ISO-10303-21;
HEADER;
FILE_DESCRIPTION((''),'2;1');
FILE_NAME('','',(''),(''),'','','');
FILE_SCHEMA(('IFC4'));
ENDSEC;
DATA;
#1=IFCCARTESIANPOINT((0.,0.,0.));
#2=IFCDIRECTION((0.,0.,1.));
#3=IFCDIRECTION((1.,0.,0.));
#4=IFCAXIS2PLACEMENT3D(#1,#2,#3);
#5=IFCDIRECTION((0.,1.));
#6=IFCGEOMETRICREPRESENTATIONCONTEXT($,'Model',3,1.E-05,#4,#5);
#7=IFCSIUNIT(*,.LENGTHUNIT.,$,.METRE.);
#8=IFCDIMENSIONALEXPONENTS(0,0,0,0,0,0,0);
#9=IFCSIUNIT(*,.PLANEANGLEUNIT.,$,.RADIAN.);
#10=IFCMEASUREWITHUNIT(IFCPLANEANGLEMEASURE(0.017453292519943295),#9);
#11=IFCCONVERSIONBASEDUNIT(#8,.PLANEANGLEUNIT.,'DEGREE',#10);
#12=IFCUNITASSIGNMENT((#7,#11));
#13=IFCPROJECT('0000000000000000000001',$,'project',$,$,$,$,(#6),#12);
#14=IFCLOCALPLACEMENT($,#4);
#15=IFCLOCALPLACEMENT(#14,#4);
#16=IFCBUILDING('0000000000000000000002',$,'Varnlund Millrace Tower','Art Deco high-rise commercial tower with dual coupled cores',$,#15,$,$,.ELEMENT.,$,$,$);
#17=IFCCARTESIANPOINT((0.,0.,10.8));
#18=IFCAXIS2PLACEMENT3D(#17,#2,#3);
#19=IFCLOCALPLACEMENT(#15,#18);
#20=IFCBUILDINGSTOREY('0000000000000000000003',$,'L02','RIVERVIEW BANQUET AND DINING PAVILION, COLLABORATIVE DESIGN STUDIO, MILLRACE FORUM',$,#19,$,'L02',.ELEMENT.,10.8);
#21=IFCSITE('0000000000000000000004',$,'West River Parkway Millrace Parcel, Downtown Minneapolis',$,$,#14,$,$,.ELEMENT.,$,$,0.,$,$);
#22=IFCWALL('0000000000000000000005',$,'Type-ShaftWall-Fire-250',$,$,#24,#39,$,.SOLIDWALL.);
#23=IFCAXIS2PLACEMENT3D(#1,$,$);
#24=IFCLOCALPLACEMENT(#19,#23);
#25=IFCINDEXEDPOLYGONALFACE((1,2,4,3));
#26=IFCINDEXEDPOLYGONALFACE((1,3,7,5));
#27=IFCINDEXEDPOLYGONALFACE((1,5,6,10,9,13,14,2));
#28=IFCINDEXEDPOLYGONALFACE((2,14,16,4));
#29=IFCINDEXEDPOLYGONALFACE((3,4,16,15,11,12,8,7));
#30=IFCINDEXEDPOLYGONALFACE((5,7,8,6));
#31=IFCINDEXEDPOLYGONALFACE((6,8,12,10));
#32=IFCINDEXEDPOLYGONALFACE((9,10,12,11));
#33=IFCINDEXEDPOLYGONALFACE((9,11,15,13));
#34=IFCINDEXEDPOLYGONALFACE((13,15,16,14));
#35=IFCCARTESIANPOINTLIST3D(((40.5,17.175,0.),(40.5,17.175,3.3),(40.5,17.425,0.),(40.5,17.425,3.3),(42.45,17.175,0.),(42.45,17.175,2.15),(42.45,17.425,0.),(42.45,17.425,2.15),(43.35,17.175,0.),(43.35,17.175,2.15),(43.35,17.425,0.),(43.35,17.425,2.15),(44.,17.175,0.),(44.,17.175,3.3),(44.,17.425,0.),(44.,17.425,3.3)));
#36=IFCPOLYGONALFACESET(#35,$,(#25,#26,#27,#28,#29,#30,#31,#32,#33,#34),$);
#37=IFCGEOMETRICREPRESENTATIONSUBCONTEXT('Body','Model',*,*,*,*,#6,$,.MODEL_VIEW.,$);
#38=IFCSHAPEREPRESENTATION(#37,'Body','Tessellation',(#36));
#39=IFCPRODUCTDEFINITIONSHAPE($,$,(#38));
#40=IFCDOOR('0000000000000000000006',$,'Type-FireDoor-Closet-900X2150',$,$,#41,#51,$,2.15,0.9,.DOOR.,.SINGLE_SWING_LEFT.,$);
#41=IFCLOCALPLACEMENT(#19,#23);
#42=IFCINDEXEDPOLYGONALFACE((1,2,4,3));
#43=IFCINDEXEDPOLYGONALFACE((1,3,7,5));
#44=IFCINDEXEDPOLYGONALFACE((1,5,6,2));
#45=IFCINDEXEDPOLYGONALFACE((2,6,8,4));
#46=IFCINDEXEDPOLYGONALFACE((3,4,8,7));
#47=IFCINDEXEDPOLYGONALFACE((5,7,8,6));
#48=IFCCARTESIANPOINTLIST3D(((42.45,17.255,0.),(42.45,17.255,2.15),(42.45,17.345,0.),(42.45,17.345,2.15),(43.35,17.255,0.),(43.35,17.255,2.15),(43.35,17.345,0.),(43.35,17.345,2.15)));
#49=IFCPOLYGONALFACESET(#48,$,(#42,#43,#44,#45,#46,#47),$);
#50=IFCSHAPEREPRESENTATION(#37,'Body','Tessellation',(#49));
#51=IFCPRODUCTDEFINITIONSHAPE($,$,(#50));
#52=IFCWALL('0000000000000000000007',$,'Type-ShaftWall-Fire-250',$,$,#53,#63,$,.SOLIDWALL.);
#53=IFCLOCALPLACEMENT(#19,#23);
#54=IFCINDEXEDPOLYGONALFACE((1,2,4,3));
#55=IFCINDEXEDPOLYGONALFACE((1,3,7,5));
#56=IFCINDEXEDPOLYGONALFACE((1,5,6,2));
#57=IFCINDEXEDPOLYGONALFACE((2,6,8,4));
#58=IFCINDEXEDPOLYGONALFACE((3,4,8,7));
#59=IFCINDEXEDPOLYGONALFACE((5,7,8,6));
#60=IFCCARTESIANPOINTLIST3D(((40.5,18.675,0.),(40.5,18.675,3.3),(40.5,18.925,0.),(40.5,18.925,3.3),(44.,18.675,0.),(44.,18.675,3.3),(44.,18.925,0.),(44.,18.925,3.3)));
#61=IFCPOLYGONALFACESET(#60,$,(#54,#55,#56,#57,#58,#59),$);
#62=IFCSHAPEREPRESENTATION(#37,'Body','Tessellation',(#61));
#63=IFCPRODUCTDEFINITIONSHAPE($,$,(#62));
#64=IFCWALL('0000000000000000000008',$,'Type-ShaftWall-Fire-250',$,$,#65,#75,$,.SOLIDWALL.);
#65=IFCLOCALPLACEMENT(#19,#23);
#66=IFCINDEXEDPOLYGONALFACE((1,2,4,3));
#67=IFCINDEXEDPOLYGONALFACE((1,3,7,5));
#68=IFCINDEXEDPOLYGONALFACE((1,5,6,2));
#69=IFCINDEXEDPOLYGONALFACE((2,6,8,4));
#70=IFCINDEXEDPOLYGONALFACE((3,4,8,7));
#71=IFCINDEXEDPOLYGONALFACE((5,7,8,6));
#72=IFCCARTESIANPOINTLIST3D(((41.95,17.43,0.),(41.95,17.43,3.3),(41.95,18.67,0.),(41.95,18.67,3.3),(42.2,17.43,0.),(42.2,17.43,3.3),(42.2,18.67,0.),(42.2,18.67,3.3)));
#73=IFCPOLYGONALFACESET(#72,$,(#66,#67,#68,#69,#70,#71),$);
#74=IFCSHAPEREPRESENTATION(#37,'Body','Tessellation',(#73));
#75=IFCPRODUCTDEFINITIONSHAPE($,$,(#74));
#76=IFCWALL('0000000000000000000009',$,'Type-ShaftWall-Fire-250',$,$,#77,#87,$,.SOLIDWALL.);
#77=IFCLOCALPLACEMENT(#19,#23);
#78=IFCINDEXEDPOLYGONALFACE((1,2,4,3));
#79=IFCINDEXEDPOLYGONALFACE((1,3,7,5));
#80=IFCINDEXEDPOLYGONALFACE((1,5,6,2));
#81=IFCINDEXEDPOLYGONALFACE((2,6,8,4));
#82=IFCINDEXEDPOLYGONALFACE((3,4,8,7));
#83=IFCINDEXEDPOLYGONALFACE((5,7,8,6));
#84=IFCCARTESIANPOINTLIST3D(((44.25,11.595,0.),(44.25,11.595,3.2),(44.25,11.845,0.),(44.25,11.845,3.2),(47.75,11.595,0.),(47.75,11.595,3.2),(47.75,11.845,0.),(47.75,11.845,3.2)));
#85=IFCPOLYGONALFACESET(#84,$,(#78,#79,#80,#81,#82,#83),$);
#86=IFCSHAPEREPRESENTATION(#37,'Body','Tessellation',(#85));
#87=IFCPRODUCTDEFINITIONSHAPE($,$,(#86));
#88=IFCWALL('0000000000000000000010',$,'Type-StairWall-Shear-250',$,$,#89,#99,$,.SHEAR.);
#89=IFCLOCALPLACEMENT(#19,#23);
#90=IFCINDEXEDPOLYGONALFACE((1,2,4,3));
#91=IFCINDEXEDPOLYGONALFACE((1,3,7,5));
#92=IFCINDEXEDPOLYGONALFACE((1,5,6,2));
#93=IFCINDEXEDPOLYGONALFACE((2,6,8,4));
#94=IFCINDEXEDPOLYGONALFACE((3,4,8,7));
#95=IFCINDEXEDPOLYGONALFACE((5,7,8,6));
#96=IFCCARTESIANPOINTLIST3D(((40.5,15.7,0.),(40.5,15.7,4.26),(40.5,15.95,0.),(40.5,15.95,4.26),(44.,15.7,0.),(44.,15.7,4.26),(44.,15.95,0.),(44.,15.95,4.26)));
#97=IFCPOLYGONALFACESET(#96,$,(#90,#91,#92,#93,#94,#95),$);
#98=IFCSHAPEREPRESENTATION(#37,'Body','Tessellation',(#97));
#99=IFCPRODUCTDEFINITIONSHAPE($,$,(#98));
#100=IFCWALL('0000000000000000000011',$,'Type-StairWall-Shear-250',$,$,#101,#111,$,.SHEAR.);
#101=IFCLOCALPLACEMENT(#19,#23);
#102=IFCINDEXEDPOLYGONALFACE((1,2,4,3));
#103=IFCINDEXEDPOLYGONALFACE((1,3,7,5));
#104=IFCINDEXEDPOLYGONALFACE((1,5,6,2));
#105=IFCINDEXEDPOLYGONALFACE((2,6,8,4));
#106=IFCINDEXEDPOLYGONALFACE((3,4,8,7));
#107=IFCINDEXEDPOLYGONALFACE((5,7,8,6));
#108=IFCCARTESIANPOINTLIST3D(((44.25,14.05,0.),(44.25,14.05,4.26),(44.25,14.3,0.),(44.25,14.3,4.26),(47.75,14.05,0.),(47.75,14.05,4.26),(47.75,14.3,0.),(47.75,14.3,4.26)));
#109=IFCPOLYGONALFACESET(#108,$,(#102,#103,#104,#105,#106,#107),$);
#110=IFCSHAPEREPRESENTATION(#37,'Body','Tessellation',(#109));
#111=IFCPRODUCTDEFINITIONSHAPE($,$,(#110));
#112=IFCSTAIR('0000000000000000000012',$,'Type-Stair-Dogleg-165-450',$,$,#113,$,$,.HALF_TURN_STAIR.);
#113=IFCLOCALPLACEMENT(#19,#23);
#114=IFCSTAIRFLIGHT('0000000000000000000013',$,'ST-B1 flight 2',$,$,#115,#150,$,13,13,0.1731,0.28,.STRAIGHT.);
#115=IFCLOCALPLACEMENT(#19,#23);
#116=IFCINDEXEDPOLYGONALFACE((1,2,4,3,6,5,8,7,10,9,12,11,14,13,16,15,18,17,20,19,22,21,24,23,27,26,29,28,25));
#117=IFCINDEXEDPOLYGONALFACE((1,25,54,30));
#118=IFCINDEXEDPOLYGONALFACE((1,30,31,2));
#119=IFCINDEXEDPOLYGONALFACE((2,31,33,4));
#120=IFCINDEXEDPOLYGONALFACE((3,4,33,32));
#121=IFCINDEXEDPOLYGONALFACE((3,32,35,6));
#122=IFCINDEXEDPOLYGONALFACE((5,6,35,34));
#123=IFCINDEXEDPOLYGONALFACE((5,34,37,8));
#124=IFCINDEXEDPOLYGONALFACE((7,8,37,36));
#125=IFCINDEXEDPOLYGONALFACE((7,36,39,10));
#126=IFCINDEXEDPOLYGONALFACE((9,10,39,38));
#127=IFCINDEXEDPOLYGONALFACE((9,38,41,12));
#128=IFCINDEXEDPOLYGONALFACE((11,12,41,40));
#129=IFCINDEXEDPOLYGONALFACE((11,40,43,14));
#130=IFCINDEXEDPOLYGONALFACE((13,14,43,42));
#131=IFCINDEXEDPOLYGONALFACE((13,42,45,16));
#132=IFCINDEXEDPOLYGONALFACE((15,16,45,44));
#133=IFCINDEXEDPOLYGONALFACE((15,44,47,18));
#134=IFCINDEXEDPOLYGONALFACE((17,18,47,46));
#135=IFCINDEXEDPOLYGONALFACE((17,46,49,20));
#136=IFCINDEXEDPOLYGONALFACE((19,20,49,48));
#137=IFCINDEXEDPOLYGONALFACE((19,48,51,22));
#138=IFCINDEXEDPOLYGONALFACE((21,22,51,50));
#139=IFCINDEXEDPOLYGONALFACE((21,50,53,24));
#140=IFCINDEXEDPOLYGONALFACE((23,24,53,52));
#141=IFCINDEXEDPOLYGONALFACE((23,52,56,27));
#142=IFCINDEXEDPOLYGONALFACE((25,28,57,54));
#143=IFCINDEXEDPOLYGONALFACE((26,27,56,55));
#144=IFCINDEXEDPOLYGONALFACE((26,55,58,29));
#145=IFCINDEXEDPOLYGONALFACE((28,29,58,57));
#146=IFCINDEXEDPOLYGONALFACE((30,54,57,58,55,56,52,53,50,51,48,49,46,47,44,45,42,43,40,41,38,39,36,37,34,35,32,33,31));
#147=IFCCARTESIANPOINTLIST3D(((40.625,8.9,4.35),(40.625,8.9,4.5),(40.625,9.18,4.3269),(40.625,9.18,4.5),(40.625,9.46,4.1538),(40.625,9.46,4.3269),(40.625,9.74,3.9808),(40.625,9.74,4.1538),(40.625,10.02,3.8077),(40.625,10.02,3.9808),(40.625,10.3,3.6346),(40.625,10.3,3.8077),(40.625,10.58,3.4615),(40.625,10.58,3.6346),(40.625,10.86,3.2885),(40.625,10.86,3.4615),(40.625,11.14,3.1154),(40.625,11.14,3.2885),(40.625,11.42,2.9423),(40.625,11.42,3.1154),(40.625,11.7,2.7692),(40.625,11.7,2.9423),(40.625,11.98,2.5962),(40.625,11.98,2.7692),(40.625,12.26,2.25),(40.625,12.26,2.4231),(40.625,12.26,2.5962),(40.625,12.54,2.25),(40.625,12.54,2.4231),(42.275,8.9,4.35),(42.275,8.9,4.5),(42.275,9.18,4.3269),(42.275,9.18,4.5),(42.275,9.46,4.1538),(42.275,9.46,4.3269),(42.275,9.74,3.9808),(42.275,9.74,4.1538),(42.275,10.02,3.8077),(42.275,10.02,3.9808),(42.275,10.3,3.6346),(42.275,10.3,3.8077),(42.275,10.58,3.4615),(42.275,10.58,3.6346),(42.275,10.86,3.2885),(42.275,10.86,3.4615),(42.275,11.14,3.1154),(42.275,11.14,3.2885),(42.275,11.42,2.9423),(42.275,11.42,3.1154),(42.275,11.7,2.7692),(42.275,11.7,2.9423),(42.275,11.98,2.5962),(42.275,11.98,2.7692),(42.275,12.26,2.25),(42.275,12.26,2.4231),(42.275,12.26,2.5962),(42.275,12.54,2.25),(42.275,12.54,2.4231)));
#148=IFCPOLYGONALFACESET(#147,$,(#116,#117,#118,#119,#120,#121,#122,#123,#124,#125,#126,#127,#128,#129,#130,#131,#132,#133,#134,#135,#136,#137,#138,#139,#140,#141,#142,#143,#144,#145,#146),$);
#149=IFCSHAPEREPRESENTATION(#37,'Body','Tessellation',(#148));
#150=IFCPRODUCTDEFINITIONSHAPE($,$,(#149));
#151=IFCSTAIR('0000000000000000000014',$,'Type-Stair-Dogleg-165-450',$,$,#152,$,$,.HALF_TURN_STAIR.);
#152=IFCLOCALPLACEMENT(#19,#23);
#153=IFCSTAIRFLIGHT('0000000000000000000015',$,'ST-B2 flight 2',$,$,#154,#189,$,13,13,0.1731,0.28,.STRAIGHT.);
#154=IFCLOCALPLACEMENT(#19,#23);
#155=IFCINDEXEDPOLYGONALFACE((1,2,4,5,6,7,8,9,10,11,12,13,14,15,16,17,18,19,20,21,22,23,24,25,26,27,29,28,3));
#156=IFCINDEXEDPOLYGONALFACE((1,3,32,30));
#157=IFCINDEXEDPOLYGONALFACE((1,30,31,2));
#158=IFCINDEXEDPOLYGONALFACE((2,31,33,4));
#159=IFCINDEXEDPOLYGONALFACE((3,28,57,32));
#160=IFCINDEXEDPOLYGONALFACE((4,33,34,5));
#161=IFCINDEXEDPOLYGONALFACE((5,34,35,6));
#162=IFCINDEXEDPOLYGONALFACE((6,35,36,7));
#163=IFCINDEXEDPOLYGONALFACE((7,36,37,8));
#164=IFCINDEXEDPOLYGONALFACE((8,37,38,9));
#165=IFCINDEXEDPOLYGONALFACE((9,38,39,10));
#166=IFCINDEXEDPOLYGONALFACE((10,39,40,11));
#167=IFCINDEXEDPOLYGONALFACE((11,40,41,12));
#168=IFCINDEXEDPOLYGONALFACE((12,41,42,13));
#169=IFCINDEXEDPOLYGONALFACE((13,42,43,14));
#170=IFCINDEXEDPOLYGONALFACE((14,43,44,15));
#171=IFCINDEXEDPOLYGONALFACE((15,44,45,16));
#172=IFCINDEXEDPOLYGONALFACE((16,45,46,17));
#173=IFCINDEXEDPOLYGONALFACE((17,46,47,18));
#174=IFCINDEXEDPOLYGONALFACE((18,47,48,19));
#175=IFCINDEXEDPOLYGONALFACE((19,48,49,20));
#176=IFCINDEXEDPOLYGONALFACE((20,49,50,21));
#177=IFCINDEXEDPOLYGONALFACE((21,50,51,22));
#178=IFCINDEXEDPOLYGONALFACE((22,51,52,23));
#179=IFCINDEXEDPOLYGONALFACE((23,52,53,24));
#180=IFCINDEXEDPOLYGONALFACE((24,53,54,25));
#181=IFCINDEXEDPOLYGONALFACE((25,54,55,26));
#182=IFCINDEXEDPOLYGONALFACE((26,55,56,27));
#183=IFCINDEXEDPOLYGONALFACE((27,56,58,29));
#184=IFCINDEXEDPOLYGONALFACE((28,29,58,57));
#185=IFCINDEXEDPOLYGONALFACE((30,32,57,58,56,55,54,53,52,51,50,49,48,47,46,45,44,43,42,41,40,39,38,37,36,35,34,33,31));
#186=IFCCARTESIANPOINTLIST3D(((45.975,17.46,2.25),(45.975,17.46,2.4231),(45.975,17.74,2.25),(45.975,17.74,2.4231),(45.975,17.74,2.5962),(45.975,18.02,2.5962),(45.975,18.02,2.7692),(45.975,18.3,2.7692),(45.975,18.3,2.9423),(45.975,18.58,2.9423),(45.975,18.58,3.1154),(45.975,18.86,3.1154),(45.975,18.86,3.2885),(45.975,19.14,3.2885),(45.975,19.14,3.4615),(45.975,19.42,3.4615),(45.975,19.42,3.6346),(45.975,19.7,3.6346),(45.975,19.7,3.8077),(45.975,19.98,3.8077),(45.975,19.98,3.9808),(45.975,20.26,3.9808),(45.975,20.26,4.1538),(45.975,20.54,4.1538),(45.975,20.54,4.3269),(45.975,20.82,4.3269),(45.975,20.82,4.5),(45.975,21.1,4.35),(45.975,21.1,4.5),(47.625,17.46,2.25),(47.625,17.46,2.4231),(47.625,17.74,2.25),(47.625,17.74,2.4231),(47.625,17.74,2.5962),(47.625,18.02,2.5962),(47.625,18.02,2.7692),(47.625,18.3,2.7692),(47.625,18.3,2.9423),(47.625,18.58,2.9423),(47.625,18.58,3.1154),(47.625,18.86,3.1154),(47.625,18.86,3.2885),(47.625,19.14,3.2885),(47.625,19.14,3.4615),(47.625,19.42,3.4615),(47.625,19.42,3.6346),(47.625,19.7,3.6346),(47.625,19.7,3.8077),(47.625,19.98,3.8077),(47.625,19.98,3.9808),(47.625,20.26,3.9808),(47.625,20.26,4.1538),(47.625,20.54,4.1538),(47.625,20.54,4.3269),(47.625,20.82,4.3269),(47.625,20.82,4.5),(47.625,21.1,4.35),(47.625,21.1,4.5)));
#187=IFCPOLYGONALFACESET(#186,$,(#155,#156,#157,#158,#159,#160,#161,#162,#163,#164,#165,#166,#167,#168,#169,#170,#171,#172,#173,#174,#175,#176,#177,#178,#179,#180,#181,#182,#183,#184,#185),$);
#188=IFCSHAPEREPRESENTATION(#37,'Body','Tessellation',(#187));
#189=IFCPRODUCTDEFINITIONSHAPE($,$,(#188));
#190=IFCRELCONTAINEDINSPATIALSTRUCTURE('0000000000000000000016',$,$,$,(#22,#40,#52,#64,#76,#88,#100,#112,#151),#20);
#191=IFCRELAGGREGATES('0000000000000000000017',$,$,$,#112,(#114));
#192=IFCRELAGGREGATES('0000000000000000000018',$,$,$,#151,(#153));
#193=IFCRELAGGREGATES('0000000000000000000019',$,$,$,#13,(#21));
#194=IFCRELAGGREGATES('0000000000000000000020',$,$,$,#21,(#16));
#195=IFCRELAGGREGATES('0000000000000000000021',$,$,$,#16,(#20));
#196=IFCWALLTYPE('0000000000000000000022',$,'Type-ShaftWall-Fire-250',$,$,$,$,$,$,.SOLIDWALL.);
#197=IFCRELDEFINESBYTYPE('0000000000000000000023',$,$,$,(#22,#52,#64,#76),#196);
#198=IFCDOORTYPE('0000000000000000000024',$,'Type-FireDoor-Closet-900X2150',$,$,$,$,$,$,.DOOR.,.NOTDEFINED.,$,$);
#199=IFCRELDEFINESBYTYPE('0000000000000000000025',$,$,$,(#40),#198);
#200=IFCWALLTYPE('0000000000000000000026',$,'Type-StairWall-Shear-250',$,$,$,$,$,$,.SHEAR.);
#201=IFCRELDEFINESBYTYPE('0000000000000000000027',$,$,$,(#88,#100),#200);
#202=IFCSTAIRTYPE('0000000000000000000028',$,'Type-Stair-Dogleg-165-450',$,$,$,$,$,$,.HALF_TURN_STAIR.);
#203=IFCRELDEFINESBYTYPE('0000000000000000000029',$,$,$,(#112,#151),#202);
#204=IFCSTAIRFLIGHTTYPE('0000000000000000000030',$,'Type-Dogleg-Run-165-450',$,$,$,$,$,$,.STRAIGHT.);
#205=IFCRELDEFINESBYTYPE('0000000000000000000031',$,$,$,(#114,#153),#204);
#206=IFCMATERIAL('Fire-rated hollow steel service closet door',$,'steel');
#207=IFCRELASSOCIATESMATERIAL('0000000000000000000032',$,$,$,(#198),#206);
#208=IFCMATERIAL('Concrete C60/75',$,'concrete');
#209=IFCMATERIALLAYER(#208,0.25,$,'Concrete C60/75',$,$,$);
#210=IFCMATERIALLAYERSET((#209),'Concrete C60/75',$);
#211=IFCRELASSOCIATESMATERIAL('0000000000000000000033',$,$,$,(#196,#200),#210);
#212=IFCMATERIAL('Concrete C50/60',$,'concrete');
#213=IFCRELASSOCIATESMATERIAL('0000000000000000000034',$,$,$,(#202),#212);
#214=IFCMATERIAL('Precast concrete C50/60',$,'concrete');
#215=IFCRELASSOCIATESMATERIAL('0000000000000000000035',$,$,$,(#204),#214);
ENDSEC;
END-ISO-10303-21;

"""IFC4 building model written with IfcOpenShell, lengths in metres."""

from ifc_helpers import new_model, entity, si_unit, converted_unit, direction, frame, origin_with_axes, origin_2d_with_axis, place, context, subcontext, project, spatial, polyline, rectangle, outline, extrude, material, layer, layer_set, type_object, element, fill, aggregate, save


model = new_model("IFC4")

# Units and contexts
model_context = context("Model", 3, precision=1e-05, world=origin_with_axes(), true_north=direction((0.0, 1.0)))
body_context = subcontext(model_context, "Body", "Model", "MODEL_VIEW")
ifc_project = project(units=[si_unit("LENGTHUNIT", "METRE"), converted_unit("PLANEANGLEUNIT", "DEGREE", entity("IfcPlaneAngleMeasure", 0.017453292519943295), si_unit("PLANEANGLEUNIT", "RADIAN"), dimensions=[0, 0, 0, 0, 0, 0, 0])], contexts=[model_context])

# Site, building, storey
site_placement = place(None, origin_with_axes())
site = spatial("IfcSite", under=ifc_project, at=site_placement, Name="West River Parkway Millrace Parcel, Downtown Minneapolis", CompositionType="ELEMENT", RefElevation=0.0)
building_placement = place(site_placement, origin_with_axes())
building = spatial("IfcBuilding", under=site, at=building_placement, Name="Varnlund Millrace Tower", Description="Art Deco high-rise commercial tower with dual coupled cores", CompositionType="ELEMENT")
storey_placement = place(building_placement, frame((0.0, 0.0, 10.8), z_axis=(0.0, 0.0, 1.0), x_axis=(1.0, 0.0, 0.0)))
storey = spatial("IfcBuildingStorey", under=building, at=storey_placement, Name="L02", Description="RIVERVIEW BANQUET AND DINING PAVILION, COLLABORATIVE DESIGN STUDIO, MILLRACE FORUM", LongName="L02", CompositionType="ELEMENT", Elevation=10.8)

# Shared definitions
ifc_material_1 = material(Name="Fire-rated hollow steel service closet door", Category="steel")
door_type_1 = type_object("IfcDoorType", Name="Type-FireDoor-Closet-900X2150", OperationType="NOTDEFINED", PredefinedType="DOOR", material=ifc_material_1)

# Wall, opening, door
ifc_material_2 = material(Name="Concrete C60/75", Category="concrete")
ifc_layer_1 = layer(ifc_material_2, 0.25, Name="Concrete C60/75")
ifc_layer_set_1 = layer_set([ifc_layer_1], Name="Concrete C60/75")
wall_type_1 = type_object("IfcWallType", Name="Type-ShaftWall-Fire-250", PredefinedType="SOLIDWALL", material=ifc_layer_set_1)
wall_1_placement = place(storey_placement, frame((40.5, 17.3, 0.0), z_axis=(0.0, 0.0, 1.0), x_axis=(1.0, 0.0, 0.0)))
wall_1 = element("IfcWall", 1, at=wall_1_placement, inside=storey, type_object=wall_type_1, Name="Type-ShaftWall-Fire-250", PredefinedType="SOLIDWALL", context=body_context, shape_type="SweptSolid", body=[
    extrude(outline(polyline([(0.0, -0.125), (3.5, -0.125), (3.5, 0.125), (0.0, 0.125), (0.0, -0.125)])), origin_with_axes(), (0.0, 0.0, 1.0), 3.3),
])
opening_1_placement = place(wall_1_placement, frame((2.4, 0.0, 0.0), z_axis=(0.0, 0.0, 1.0), x_axis=(1.0, 0.0, 0.0)))
opening_1 = element("IfcOpeningElement", 2, at=opening_1_placement, cuts=wall_1, PredefinedType="OPENING", context=body_context, shape_type="SweptSolid", body=[
    extrude(rectangle(XDim=0.9, YDim=0.27, at=origin_2d_with_axis()), origin_with_axes(), (0.0, 0.0, 1.0), 2.15),
])
door_1_placement = place(wall_1_placement, frame((2.4, 0.0, 0.0), z_axis=(0.0, 0.0, 1.0), x_axis=(1.0, 0.0, 0.0)))
door_1 = element("IfcDoor", 3, at=door_1_placement, inside=storey, type_object=door_type_1, Name="Type-FireDoor-Closet-900X2150", OperationType="SINGLE_SWING_LEFT", OverallHeight=2.15, OverallWidth=0.9, PredefinedType="DOOR", context=body_context, shape_type="SweptSolid", body=[
    extrude(rectangle(XDim=0.9, YDim=0.09, at=origin_2d_with_axis()), origin_with_axes(), (0.0, 0.0, 1.0), 2.15),
])
fill(opening_1, door_1)

# Walls
wall_2_placement = place(storey_placement, frame((40.5, 18.8, 0.0), z_axis=(0.0, 0.0, 1.0), x_axis=(1.0, 0.0, 0.0)))
element("IfcWall", 4, at=wall_2_placement, inside=storey, type_object=wall_type_1, Name="Type-ShaftWall-Fire-250", PredefinedType="SOLIDWALL", context=body_context, shape_type="SweptSolid", body=[
    extrude(outline(polyline([(0.0, -0.125), (3.5, -0.125), (3.5, 0.125), (0.0, 0.125), (0.0, -0.125)])), origin_with_axes(), (0.0, 0.0, 1.0), 3.3),
])
wall_3_placement = place(storey_placement, frame((42.075, 17.43, 0.0), z_axis=(0.0, 0.0, 1.0), x_axis=(0.0, 1.0, 0.0)))
element("IfcWall", 5, at=wall_3_placement, inside=storey, type_object=wall_type_1, Name="Type-ShaftWall-Fire-250", PredefinedType="SOLIDWALL", context=body_context, shape_type="SweptSolid", body=[
    extrude(outline(polyline([(0.0, -0.125), (1.24, -0.125), (1.24, 0.125), (0.0, 0.125), (0.0, -0.125)])), origin_with_axes(), (0.0, 0.0, 1.0), 3.3),
])
wall_4_placement = place(storey_placement, frame((44.25, 11.72, 0.0), z_axis=(0.0, 0.0, 1.0), x_axis=(1.0, 0.0, 0.0)))
element("IfcWall", 6, at=wall_4_placement, inside=storey, type_object=wall_type_1, Name="Type-ShaftWall-Fire-250", PredefinedType="SOLIDWALL", context=body_context, shape_type="SweptSolid", body=[
    extrude(outline(polyline([(0.0, -0.125), (3.5, -0.125), (3.5, 0.125), (0.0, 0.125), (0.0, -0.125)])), origin_with_axes(), (0.0, 0.0, 1.0), 3.2),
])
wall_type_2 = type_object("IfcWallType", Name="Type-StairWall-Shear-250", PredefinedType="SHEAR", material=ifc_layer_set_1)
for number, where, z_axis, x_axis, name in (
    (7, (40.5, 15.825, 0.0), (0.0, 0.0, 1.0), (1.0, 0.0, 0.0), "Type-StairWall-Shear-250"),
    (8, (44.25, 14.175, 0.0), (0.0, 0.0, 1.0), (1.0, 0.0, 0.0), "Type-StairWall-Shear-250"),
):
    element("IfcWall", number, at=place(storey_placement, frame(where, z_axis=z_axis, x_axis=x_axis)), inside=storey, type_object=wall_type_2, Name=name, PredefinedType="SHEAR", context=body_context, shape_type="SweptSolid", body=[
        extrude(outline(polyline([(0.0, -0.125), (3.5, -0.125), (3.5, 0.125), (0.0, 0.125), (0.0, -0.125)])), origin_with_axes(), (0.0, 0.0, 1.0), 4.26),
    ])

# Stairs, stair flights
ifc_material_3 = material(Name="Concrete C50/60", Category="concrete")
stair_type = type_object("IfcStairType", Name="Type-Stair-Dogleg-165-450", PredefinedType="HALF_TURN_STAIR", material=ifc_material_3)
stair_1_placement = place(storey_placement, origin_with_axes())
stair_1 = element("IfcStair", 9, at=stair_1_placement, inside=storey, type_object=stair_type, Name="Type-Stair-Dogleg-165-450", PredefinedType="HALF_TURN_STAIR")
ifc_material_4 = material(Name="Precast concrete C50/60", Category="concrete")
stair_flight_type = type_object("IfcStairFlightType", Name="Type-Dogleg-Run-165-450", PredefinedType="STRAIGHT", material=ifc_material_4)
stair_flight_1_placement = place(storey_placement, frame((42.275, 12.54, 2.25), z_axis=(-1.0, 0.0, 0.0), x_axis=(0.0, -1.0, 0.0)))
stair_flight_1 = element("IfcStairFlight", 10, at=stair_flight_1_placement, type_object=stair_flight_type, Name="ST-B1 flight 2", NumberOfRisers=13, NumberOfTreads=13, PredefinedType="STRAIGHT", RiserHeight=0.1731, TreadLength=0.28, context=body_context, shape_type="SweptSolid", body=[
    extrude(outline(polyline([(0.0, 0.0), (0.0, 0.1731), (0.28, 0.1731), (0.28, 0.3462), (0.56, 0.3462), (0.56, 0.5192), (0.84, 0.5192), (0.84, 0.6923), (1.12, 0.6923), (1.12, 0.8654), (1.4, 0.8654), (1.4, 1.0385), (1.68, 1.0385), (1.68, 1.2115), (1.96, 1.2115), (1.96, 1.3846), (2.24, 1.3846), (2.24, 1.5577), (2.52, 1.5577), (2.52, 1.7308), (2.8, 1.7308), (2.8, 1.9038), (3.08, 1.9038), (3.08, 2.0769), (3.36, 2.0769), (3.36, 2.25), (3.64, 2.25), (3.64, 2.1), (0.28, 0.0), (0.0, 0.0)])), origin_with_axes(), (0.0, 0.0, 1.0), 1.65),
])
aggregate(stair_1, [stair_flight_1])
stair_2_placement = place(storey_placement, origin_with_axes())
stair_2 = element("IfcStair", 11, at=stair_2_placement, inside=storey, type_object=stair_type, Name="Type-Stair-Dogleg-165-450", PredefinedType="HALF_TURN_STAIR")
stair_flight_2_placement = place(storey_placement, frame((45.975, 17.46, 2.25), z_axis=(1.0, 0.0, 0.0), x_axis=(0.0, 1.0, 0.0)))
stair_flight_2 = element("IfcStairFlight", 12, at=stair_flight_2_placement, type_object=stair_flight_type, Name="ST-B2 flight 2", NumberOfRisers=13, NumberOfTreads=13, PredefinedType="STRAIGHT", RiserHeight=0.1731, TreadLength=0.28, context=body_context, shape_type="SweptSolid", body=[
    extrude(outline(polyline([(0.0, 0.0), (0.0, 0.1731), (0.28, 0.1731), (0.28, 0.3462), (0.56, 0.3462), (0.56, 0.5192), (0.84, 0.5192), (0.84, 0.6923), (1.12, 0.6923), (1.12, 0.8654), (1.4, 0.8654), (1.4, 1.0385), (1.68, 1.0385), (1.68, 1.2115), (1.96, 1.2115), (1.96, 1.3846), (2.24, 1.3846), (2.24, 1.5577), (2.52, 1.5577), (2.52, 1.7308), (2.8, 1.7308), (2.8, 1.9038), (3.08, 1.9038), (3.08, 2.0769), (3.36, 2.0769), (3.36, 2.25), (3.64, 2.25), (3.64, 2.1), (0.28, 0.0), (0.0, 0.0)])), origin_with_axes(), (0.0, 0.0, 1.0), 1.65),
])
aggregate(stair_2, [stair_flight_2])

save(model, "model.ifc")
